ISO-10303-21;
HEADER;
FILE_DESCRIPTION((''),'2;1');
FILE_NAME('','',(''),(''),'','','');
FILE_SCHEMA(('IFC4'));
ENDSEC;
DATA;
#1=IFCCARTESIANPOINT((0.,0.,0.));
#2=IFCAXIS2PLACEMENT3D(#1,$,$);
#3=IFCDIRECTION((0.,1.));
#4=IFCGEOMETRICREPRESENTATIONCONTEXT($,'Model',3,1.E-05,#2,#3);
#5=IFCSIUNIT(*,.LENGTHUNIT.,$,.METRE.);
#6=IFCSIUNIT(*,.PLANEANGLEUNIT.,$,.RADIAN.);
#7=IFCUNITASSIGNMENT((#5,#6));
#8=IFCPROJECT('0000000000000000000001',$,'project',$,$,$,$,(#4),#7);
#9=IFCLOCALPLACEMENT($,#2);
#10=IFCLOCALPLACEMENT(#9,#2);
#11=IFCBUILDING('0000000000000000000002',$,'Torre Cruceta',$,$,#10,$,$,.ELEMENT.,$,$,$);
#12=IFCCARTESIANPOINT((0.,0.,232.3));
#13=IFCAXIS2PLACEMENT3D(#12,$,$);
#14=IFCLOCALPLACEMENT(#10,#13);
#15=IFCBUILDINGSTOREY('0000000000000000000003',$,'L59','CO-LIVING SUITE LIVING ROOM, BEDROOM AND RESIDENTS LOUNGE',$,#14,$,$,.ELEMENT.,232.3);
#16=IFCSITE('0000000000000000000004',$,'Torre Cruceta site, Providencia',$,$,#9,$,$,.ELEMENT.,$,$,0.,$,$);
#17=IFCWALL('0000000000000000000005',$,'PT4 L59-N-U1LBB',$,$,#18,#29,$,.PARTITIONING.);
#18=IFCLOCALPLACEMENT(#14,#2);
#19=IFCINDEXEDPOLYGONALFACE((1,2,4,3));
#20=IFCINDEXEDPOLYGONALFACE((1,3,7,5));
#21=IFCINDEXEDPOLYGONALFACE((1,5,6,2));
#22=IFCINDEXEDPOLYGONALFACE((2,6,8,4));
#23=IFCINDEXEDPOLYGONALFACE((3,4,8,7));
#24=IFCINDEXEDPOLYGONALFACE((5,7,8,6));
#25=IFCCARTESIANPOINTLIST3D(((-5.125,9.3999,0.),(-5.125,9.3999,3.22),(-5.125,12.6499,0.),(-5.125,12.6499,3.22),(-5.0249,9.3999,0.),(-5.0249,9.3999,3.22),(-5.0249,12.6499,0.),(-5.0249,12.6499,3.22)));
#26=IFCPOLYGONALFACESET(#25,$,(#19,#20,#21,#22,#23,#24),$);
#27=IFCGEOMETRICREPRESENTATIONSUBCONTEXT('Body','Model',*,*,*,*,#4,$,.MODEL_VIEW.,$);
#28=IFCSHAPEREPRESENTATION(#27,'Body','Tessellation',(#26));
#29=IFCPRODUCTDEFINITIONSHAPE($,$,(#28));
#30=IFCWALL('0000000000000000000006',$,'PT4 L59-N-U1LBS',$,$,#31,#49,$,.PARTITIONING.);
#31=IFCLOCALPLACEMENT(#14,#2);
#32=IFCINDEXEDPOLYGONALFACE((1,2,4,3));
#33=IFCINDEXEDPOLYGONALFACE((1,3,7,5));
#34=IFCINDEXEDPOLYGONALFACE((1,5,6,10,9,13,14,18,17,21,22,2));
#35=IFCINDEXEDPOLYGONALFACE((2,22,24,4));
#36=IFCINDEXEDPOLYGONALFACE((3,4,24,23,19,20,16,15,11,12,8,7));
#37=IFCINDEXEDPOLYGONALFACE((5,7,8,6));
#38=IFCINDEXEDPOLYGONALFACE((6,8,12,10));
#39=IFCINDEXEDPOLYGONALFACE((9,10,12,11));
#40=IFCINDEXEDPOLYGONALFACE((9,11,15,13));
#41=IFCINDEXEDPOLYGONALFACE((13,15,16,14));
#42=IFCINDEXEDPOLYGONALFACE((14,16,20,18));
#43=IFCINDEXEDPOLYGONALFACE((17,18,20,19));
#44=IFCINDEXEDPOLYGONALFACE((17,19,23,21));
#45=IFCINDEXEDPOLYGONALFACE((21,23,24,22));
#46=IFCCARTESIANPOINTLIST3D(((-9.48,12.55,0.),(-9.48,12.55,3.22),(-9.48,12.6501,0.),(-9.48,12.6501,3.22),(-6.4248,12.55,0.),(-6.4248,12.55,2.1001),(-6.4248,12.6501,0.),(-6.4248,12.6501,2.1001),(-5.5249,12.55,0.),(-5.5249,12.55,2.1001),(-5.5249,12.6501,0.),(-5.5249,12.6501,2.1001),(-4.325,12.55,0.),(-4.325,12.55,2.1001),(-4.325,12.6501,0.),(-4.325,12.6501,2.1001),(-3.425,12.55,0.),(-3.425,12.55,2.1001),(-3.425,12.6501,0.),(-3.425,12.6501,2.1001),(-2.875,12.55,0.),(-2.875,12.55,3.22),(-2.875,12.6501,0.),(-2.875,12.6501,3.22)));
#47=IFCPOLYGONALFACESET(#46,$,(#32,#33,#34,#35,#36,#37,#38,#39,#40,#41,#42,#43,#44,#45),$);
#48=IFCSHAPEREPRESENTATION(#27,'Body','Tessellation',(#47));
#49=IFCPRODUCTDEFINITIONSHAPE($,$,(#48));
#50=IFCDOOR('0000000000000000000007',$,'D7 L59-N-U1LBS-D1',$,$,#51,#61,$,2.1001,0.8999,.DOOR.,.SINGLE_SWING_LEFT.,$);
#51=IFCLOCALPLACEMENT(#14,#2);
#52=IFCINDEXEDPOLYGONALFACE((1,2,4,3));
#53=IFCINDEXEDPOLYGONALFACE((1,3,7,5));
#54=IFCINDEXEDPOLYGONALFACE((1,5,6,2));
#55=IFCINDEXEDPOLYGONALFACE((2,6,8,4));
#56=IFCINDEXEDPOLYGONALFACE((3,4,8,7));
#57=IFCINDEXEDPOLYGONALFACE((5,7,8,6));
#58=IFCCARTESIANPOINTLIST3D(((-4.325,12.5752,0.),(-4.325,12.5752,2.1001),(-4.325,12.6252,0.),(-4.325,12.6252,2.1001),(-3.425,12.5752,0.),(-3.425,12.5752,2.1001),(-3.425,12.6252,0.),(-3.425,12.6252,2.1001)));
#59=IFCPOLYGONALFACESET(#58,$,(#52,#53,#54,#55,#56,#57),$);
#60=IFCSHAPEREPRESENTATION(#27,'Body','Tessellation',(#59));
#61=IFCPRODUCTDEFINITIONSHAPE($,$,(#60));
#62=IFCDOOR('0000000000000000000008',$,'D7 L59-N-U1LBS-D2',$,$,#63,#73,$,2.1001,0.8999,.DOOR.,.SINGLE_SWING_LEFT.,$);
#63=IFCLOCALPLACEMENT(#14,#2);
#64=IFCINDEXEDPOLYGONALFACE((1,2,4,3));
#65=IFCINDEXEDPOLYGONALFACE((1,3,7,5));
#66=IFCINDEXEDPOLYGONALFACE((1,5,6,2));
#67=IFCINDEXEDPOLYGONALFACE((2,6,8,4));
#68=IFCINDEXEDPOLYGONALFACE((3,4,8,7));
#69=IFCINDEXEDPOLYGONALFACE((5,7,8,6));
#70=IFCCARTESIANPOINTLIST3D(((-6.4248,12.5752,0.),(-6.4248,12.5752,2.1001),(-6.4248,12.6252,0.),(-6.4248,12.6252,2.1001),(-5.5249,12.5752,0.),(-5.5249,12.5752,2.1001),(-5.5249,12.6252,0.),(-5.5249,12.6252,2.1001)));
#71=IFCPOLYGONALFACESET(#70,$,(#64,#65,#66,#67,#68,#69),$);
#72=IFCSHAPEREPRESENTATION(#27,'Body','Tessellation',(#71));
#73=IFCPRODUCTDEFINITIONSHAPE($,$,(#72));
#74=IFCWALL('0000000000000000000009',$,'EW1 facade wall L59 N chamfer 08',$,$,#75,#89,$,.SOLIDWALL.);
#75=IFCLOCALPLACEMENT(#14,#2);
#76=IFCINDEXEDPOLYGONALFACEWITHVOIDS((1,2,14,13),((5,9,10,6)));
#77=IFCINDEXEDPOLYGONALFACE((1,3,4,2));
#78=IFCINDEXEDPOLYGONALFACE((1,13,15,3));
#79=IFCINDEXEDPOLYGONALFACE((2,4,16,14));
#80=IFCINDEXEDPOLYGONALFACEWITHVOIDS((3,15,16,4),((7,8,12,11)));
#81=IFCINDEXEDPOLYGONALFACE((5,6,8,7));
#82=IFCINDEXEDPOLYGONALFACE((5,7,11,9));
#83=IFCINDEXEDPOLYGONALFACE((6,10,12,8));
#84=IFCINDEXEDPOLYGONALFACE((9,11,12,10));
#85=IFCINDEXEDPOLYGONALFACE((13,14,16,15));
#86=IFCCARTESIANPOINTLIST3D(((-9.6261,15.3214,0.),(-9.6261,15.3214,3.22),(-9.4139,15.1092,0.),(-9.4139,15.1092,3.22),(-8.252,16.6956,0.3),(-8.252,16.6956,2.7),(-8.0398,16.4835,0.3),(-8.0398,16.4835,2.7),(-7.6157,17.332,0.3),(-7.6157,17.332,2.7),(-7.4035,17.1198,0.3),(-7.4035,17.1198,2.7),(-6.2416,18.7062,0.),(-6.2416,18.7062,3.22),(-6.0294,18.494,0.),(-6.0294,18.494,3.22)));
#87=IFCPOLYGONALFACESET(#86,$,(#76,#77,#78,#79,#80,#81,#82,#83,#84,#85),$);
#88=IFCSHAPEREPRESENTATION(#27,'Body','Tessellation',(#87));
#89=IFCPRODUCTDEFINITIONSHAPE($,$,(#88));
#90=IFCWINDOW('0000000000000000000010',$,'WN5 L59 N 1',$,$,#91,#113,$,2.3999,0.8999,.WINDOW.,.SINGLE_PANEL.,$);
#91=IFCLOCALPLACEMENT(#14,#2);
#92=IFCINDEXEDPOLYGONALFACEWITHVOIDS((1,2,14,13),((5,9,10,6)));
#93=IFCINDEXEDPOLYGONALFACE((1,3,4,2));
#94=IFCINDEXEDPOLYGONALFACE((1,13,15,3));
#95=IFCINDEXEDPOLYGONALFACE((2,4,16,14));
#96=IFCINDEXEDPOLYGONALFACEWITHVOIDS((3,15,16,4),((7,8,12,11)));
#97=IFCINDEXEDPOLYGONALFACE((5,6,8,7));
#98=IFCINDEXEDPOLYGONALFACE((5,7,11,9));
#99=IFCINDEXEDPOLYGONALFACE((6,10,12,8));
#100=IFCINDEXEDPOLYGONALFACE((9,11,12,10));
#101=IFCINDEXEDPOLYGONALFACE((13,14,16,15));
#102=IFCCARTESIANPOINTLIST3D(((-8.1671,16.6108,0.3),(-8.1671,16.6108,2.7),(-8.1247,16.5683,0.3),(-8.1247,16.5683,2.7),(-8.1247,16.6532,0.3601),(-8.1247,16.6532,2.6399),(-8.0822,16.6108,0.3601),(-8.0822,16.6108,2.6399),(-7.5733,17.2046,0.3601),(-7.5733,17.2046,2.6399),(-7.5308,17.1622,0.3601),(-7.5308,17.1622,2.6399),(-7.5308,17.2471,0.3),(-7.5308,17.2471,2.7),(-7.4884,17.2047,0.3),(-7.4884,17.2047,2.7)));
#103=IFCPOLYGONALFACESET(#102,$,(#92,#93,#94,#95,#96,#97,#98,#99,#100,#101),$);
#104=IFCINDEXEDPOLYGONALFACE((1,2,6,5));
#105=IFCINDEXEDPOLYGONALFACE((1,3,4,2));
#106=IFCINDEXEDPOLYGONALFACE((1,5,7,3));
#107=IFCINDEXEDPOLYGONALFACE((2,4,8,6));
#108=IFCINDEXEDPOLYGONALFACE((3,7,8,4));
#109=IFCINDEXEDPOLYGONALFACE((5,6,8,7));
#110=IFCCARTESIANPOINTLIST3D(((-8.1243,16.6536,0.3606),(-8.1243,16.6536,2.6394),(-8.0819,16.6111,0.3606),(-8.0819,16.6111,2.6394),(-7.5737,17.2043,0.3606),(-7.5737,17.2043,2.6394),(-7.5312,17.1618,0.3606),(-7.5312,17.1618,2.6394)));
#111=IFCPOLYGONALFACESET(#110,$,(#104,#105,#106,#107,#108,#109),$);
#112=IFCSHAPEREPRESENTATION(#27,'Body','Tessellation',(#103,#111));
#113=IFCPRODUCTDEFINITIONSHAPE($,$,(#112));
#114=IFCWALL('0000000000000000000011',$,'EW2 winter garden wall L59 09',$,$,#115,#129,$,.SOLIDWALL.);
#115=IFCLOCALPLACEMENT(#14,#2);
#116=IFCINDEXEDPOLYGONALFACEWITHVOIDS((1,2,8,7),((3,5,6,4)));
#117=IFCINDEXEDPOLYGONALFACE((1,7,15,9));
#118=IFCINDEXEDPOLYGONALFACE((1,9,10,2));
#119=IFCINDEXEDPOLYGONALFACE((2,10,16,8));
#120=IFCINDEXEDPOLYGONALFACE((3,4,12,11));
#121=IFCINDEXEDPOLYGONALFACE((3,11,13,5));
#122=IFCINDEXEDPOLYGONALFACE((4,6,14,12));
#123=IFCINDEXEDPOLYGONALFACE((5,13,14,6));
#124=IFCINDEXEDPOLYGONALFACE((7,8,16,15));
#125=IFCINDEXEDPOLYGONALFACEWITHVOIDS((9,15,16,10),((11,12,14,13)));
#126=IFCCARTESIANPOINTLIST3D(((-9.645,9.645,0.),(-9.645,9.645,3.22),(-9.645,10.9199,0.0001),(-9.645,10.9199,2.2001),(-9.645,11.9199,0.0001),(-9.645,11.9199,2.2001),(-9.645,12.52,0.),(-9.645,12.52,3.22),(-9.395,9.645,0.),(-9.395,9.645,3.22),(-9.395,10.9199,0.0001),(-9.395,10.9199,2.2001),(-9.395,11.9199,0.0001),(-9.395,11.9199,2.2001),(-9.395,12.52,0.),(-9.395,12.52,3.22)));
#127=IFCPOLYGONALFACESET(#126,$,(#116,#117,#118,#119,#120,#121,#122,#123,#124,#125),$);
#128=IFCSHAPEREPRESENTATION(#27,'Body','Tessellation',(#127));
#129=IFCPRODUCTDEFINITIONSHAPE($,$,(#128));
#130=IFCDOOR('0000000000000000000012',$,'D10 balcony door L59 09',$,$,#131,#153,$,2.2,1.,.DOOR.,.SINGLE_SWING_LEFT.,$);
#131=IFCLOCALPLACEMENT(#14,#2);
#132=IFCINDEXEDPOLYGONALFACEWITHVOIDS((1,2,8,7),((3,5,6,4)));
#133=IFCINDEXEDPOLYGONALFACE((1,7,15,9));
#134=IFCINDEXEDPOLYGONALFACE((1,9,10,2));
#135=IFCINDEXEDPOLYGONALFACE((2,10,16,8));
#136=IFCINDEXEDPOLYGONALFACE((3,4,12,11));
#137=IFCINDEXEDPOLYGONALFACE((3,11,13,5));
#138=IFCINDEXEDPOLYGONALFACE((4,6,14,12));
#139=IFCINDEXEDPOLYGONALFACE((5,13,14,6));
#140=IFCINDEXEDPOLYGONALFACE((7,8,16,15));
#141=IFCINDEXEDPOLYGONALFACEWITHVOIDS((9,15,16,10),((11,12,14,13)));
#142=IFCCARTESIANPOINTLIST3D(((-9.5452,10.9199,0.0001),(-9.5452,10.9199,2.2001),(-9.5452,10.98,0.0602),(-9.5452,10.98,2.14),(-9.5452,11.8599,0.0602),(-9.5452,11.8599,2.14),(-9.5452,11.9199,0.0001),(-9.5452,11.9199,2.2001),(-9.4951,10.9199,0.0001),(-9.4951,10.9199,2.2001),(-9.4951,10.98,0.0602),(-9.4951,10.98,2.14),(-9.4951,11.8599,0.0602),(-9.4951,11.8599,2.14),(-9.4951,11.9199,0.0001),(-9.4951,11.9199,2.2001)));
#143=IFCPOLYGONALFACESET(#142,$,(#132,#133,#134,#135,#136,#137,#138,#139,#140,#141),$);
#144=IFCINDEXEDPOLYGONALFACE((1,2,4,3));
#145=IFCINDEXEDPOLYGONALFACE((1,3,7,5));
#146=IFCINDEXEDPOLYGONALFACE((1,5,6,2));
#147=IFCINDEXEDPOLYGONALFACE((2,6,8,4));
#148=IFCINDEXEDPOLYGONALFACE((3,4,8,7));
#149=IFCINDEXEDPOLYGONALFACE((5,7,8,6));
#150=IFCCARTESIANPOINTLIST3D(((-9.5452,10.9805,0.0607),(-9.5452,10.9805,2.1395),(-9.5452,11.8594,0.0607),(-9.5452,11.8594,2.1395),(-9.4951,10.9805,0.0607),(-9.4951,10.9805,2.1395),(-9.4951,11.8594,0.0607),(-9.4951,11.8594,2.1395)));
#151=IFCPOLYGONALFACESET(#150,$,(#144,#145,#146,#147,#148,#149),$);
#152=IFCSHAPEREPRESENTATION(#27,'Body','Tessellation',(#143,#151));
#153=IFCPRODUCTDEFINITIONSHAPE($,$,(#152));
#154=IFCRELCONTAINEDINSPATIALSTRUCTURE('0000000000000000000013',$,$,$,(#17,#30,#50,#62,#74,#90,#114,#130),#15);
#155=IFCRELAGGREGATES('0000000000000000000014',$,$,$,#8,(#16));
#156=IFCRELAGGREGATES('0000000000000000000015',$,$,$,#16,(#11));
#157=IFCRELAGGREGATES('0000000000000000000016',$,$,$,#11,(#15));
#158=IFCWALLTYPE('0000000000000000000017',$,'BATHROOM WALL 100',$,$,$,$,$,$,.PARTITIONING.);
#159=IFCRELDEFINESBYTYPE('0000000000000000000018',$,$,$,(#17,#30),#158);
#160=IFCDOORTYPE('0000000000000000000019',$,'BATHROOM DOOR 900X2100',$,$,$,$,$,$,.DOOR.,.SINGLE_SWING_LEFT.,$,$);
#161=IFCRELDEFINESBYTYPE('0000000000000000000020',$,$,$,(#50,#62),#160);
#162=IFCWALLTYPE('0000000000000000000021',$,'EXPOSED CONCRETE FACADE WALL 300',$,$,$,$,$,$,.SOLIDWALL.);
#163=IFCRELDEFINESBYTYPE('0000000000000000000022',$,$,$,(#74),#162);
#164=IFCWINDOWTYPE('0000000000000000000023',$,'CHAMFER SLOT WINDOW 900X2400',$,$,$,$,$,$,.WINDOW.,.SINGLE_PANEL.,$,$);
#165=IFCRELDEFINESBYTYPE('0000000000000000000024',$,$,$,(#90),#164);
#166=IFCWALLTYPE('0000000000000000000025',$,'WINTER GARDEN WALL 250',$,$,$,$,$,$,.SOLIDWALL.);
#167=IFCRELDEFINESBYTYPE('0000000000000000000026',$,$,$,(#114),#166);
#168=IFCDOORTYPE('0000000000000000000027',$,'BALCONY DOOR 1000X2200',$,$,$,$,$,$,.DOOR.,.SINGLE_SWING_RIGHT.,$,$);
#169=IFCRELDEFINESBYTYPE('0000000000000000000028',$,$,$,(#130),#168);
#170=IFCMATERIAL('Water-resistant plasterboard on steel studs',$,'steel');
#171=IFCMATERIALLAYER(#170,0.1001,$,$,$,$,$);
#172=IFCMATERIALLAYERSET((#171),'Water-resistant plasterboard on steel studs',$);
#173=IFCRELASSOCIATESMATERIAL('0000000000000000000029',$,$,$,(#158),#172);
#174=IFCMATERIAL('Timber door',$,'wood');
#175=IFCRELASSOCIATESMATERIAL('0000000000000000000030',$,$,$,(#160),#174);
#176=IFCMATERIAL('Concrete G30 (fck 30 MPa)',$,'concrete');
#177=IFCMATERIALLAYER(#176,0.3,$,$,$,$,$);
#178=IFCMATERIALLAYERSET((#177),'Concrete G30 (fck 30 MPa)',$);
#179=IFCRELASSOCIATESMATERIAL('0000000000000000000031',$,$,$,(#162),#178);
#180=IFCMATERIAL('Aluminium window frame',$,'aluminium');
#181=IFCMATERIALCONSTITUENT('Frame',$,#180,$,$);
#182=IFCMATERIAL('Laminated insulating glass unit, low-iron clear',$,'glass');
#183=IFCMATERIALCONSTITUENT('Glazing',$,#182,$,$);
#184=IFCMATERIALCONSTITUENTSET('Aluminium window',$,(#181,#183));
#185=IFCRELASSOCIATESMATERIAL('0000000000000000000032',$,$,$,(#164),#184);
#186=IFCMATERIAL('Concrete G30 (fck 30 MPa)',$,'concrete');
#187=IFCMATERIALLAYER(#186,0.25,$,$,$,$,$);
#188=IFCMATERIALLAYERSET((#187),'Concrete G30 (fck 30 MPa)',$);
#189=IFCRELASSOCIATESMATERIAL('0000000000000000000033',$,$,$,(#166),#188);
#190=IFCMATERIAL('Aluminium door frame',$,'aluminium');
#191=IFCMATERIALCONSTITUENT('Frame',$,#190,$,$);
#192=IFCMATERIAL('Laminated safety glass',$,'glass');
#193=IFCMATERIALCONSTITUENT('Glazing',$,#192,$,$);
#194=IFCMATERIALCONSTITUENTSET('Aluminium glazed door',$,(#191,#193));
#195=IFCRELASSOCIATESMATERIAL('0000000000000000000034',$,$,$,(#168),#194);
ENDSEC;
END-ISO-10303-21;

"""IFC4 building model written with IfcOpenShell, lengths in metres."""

from ifc_helpers import new_model, si_unit, direction, frame, frame_2d, origin, place, context, subcontext, project, spatial, rectangle, hollow_rectangle, extrude, material, layer, layer_set, constituent, constituent_set, type_object, element, fill, save


model = new_model("IFC4")

# Units and contexts
model_context = context("Model", 3, precision=1e-05, world=origin(), true_north=direction((0.0, 1.0)))
body_context = subcontext(model_context, "Body", "Model", "MODEL_VIEW")
ifc_project = project(units=[si_unit("LENGTHUNIT", "METRE"), si_unit("PLANEANGLEUNIT", "RADIAN")], contexts=[model_context])

# Site, building, storey
site_placement = place(None, origin())
site = spatial("IfcSite", under=ifc_project, at=site_placement, Name="Torre Cruceta site, Providencia", CompositionType="ELEMENT", RefElevation=0.0)
building_placement = place(site_placement, origin())
building = spatial("IfcBuilding", under=site, at=building_placement, Name="Torre Cruceta", CompositionType="ELEMENT")
storey_placement = place(building_placement, frame((0.0, 0.0, 232.3)))
storey = spatial("IfcBuildingStorey", under=building, at=storey_placement, Name="L59", Description="CO-LIVING SUITE LIVING ROOM, BEDROOM AND RESIDENTS LOUNGE", CompositionType="ELEMENT", Elevation=232.3)

# Wall
ifc_material_1 = material(Name="Water-resistant plasterboard on steel studs", Category="steel")
ifc_layer_1 = layer(ifc_material_1, 0.1001)
ifc_layer_set_1 = layer_set([ifc_layer_1], Name="Water-resistant plasterboard on steel studs")
wall_type_1 = type_object("IfcWallType", Name="BATHROOM WALL 100", PredefinedType="PARTITIONING", material=ifc_layer_set_1)
wall_1_placement = place(storey_placement, frame((-5.075, 9.3999, 0.0), z_axis=(0.0, 0.0, 1.0), x_axis=(0.0, 1.0, 0.0)))
element("IfcWall", 1, at=wall_1_placement, inside=storey, type_object=wall_type_1, Name="PT4 L59-N-U1LBB", PredefinedType="PARTITIONING", context=body_context, shape_type="SweptSolid", body=[
    extrude(rectangle(XDim=3.25, YDim=0.1001, at=frame_2d((1.625, 0.0))), origin(), (0.0, 0.0, 1.0), 3.22),
])

# Wall, openings, doors
wall_2_placement = place(storey_placement, frame((-2.875, 12.6001, 0.0), z_axis=(0.0, 0.0, 1.0), x_axis=(-1.0, 0.0, 0.0)))
wall_2 = element("IfcWall", 2, at=wall_2_placement, inside=storey, type_object=wall_type_1, Name="PT4 L59-N-U1LBS", PredefinedType="PARTITIONING", context=body_context, shape_type="SweptSolid", body=[
    extrude(rectangle(XDim=6.605, YDim=0.1001, at=frame_2d((3.3025, 0.0))), origin(), (0.0, 0.0, 1.0), 3.22),
])
opening_1_placement = place(wall_2_placement, frame((0.55, 0.0, 0.0)))
opening_1 = element("IfcOpeningElement", 3, at=opening_1_placement, cuts=wall_2, PredefinedType="OPENING", context=body_context, shape_type="SweptSolid", body=[
    extrude(rectangle(XDim=0.8999, YDim=2.1001, at=frame_2d((0.45, 1.05))), frame((0.0, 0.0601, 0.0), z_axis=(0.0, -1.0, 0.0), x_axis=(1.0, 0.0, 0.0)), (0.0, 0.0, 1.0), 0.1201),
])
opening_2_placement = place(wall_2_placement, frame((2.6499, 0.0, 0.0)))
opening_2 = element("IfcOpeningElement", 4, at=opening_2_placement, cuts=wall_2, PredefinedType="OPENING", context=body_context, shape_type="SweptSolid", body=[
    extrude(rectangle(XDim=0.8999, YDim=2.1001, at=frame_2d((0.45, 1.05))), frame((0.0, 0.0601, 0.0), z_axis=(0.0, -1.0, 0.0), x_axis=(1.0, 0.0, 0.0)), (0.0, 0.0, 1.0), 0.1201),
])
ifc_material_2 = material(Name="Timber door", Category="wood")
door_type_1 = type_object("IfcDoorType", Name="BATHROOM DOOR 900X2100", OperationType="SINGLE_SWING_LEFT", PredefinedType="DOOR", material=ifc_material_2)
door_1_placement = place(opening_1_placement, origin())
door_1 = element("IfcDoor", 5, at=door_1_placement, inside=storey, type_object=door_type_1, Name="D7 L59-N-U1LBS-D1", OperationType="SINGLE_SWING_LEFT", OverallHeight=2.1001, OverallWidth=0.8999, PredefinedType="DOOR", context=body_context, shape_type="SweptSolid", body=[
    extrude(rectangle(XDim=0.8999, YDim=2.1001, at=frame_2d((0.45, 1.05))), frame((0.0, 0.0249, 0.0), z_axis=(0.0, -1.0, 0.0), x_axis=(1.0, 0.0, 0.0)), (0.0, 0.0, 1.0), 0.05),
])
fill(opening_1, door_1)
door_2_placement = place(opening_2_placement, origin())
door_2 = element("IfcDoor", 6, at=door_2_placement, inside=storey, type_object=door_type_1, Name="D7 L59-N-U1LBS-D2", OperationType="SINGLE_SWING_LEFT", OverallHeight=2.1001, OverallWidth=0.8999, PredefinedType="DOOR", context=body_context, shape_type="SweptSolid", body=[
    extrude(rectangle(XDim=0.8999, YDim=2.1001, at=frame_2d((0.45, 1.05))), frame((0.0, 0.0249, 0.0), z_axis=(0.0, -1.0, 0.0), x_axis=(1.0, 0.0, 0.0)), (0.0, 0.0, 1.0), 0.05),
])
fill(opening_2, door_2)

# Wall, opening, window
ifc_material_3 = material(Name="Concrete G30 (fck 30 MPa)", Category="concrete")
ifc_layer_2 = layer(ifc_material_3, 0.3)
ifc_layer_set_2 = layer_set([ifc_layer_2], Name="Concrete G30 (fck 30 MPa)")
wall_type_2 = type_object("IfcWallType", Name="EXPOSED CONCRETE FACADE WALL 300", PredefinedType="SOLIDWALL", material=ifc_layer_set_2)
wall_3_placement = place(storey_placement, frame((-6.1355, 18.6001, 0.0), z_axis=(0.0, 0.0, 1.0), x_axis=(-0.707081, -0.707132, 0.0)))
wall_3 = element("IfcWall", 7, at=wall_3_placement, inside=storey, type_object=wall_type_2, Name="EW1 facade wall L59 N chamfer 08", PredefinedType="SOLIDWALL", context=body_context, shape_type="SweptSolid", body=[
    extrude(rectangle(XDim=4.7866, YDim=0.3, at=frame_2d((2.3933, 0.0))), origin(), (0.0, 0.0, 1.0), 3.22),
])
opening_3_placement = place(wall_3_placement, frame((1.9434, 0.0, 0.3)))
opening_3 = element("IfcOpeningElement", 8, at=opening_3_placement, cuts=wall_3, PredefinedType="OPENING", context=body_context, shape_type="SweptSolid", body=[
    extrude(rectangle(XDim=0.8999, YDim=2.3999, at=frame_2d((0.45, 1.2))), frame((0.0, 0.1599, 0.0), z_axis=(0.0, -1.0, 0.0), x_axis=(1.0, 0.0, 0.0)), (0.0, 0.0, 1.0), 0.3201),
])
ifc_material_4 = material(Name="Aluminium window frame", Category="aluminium")
ifc_constituent_1 = constituent(ifc_material_4, Name="Frame")
ifc_material_5 = material(Name="Laminated insulating glass unit, low-iron clear", Category="glass")
ifc_constituent_2 = constituent(ifc_material_5, Name="Glazing")
ifc_constituent_set_1 = constituent_set(constituents=[ifc_constituent_1, ifc_constituent_2], Name="Aluminium window")
window_type = type_object("IfcWindowType", Name="CHAMFER SLOT WINDOW 900X2400", PartitioningType="SINGLE_PANEL", PredefinedType="WINDOW", material=ifc_constituent_set_1)
window_placement = place(opening_3_placement, origin())
window = element("IfcWindow", 9, at=window_placement, inside=storey, type_object=window_type, Name="WN5 L59 N 1", OverallHeight=2.3999, OverallWidth=0.8999, PartitioningType="SINGLE_PANEL", PredefinedType="WINDOW", context=body_context, shape_type="SweptSolid", body=[
    extrude(hollow_rectangle(XDim=0.8999, YDim=2.3999, WallThickness=0.0601, at=frame_2d((0.45, 1.2))), frame((0.0, 0.03, 0.0), z_axis=(0.0, -1.0, 0.0), x_axis=(1.0, 0.0, 0.0)), (0.0, 0.0, 1.0), 0.0601),
    extrude(rectangle(XDim=0.7788, YDim=2.2788, at=frame_2d((0.45, 1.2))), frame((0.0, 0.03, 0.0), z_axis=(0.0, -1.0, 0.0), x_axis=(1.0, 0.0, 0.0)), (0.0, 0.0, 1.0), 0.0601),
])
fill(opening_3, window)

# Wall, opening, door
ifc_material_6 = material(Name="Concrete G30 (fck 30 MPa)", Category="concrete")
ifc_layer_3 = layer(ifc_material_6, 0.25)
ifc_layer_set_3 = layer_set([ifc_layer_3], Name="Concrete G30 (fck 30 MPa)")
wall_type_3 = type_object("IfcWallType", Name="WINTER GARDEN WALL 250", PredefinedType="SOLIDWALL", material=ifc_layer_set_3)
wall_4_placement = place(storey_placement, frame((-9.52, 12.52, 0.0), z_axis=(0.0, 0.0, 1.0), x_axis=(0.0, -1.0, 0.0)))
wall_4 = element("IfcWall", 10, at=wall_4_placement, inside=storey, type_object=wall_type_3, Name="EW2 winter garden wall L59 09", PredefinedType="SOLIDWALL", context=body_context, shape_type="SweptSolid", body=[
    extrude(rectangle(XDim=2.875, YDim=0.25, at=frame_2d((1.4375, 0.0))), origin(), (0.0, 0.0, 1.0), 3.22),
])
opening_4_placement = place(wall_4_placement, frame((0.6001, 0.0, 0.0)))
opening_4 = element("IfcOpeningElement", 11, at=opening_4_placement, cuts=wall_4, PredefinedType="OPENING", context=body_context, shape_type="SweptSolid", body=[
    extrude(rectangle(XDim=1.0, YDim=2.2, at=frame_2d((0.5, 1.1001))), frame((0.0, 0.135, 0.0), z_axis=(0.0, -1.0, 0.0), x_axis=(1.0, 0.0, 0.0)), (0.0, 0.0, 1.0), 0.27),
])
ifc_material_7 = material(Name="Aluminium door frame", Category="aluminium")
ifc_constituent_3 = constituent(ifc_material_7, Name="Frame")
ifc_material_8 = material(Name="Laminated safety glass", Category="glass")
ifc_constituent_4 = constituent(ifc_material_8, Name="Glazing")
ifc_constituent_set_2 = constituent_set(constituents=[ifc_constituent_3, ifc_constituent_4], Name="Aluminium glazed door")
door_type_2 = type_object("IfcDoorType", Name="BALCONY DOOR 1000X2200", OperationType="SINGLE_SWING_RIGHT", PredefinedType="DOOR", material=ifc_constituent_set_2)
door_3_placement = place(opening_4_placement, origin())
door_3 = element("IfcDoor", 12, at=door_3_placement, inside=storey, type_object=door_type_2, Name="D10 balcony door L59 09", OperationType="SINGLE_SWING_LEFT", OverallHeight=2.2, OverallWidth=1.0, PredefinedType="DOOR", context=body_context, shape_type="SweptSolid", body=[
    extrude(hollow_rectangle(XDim=1.0, YDim=2.2, WallThickness=0.0601, at=frame_2d((0.5, 1.1001))), frame((0.0, 0.0249, 0.0), z_axis=(0.0, -1.0, 0.0), x_axis=(1.0, 0.0, 0.0)), (0.0, 0.0, 1.0), 0.05),
    extrude(rectangle(XDim=0.8789, YDim=2.0789, at=frame_2d((0.5, 1.1001))), frame((0.0, 0.0249, 0.0), z_axis=(0.0, -1.0, 0.0), x_axis=(1.0, 0.0, 0.0)), (0.0, 0.0, 1.0), 0.05),
])
fill(opening_4, door_3)

save(model, "model.ifc")
